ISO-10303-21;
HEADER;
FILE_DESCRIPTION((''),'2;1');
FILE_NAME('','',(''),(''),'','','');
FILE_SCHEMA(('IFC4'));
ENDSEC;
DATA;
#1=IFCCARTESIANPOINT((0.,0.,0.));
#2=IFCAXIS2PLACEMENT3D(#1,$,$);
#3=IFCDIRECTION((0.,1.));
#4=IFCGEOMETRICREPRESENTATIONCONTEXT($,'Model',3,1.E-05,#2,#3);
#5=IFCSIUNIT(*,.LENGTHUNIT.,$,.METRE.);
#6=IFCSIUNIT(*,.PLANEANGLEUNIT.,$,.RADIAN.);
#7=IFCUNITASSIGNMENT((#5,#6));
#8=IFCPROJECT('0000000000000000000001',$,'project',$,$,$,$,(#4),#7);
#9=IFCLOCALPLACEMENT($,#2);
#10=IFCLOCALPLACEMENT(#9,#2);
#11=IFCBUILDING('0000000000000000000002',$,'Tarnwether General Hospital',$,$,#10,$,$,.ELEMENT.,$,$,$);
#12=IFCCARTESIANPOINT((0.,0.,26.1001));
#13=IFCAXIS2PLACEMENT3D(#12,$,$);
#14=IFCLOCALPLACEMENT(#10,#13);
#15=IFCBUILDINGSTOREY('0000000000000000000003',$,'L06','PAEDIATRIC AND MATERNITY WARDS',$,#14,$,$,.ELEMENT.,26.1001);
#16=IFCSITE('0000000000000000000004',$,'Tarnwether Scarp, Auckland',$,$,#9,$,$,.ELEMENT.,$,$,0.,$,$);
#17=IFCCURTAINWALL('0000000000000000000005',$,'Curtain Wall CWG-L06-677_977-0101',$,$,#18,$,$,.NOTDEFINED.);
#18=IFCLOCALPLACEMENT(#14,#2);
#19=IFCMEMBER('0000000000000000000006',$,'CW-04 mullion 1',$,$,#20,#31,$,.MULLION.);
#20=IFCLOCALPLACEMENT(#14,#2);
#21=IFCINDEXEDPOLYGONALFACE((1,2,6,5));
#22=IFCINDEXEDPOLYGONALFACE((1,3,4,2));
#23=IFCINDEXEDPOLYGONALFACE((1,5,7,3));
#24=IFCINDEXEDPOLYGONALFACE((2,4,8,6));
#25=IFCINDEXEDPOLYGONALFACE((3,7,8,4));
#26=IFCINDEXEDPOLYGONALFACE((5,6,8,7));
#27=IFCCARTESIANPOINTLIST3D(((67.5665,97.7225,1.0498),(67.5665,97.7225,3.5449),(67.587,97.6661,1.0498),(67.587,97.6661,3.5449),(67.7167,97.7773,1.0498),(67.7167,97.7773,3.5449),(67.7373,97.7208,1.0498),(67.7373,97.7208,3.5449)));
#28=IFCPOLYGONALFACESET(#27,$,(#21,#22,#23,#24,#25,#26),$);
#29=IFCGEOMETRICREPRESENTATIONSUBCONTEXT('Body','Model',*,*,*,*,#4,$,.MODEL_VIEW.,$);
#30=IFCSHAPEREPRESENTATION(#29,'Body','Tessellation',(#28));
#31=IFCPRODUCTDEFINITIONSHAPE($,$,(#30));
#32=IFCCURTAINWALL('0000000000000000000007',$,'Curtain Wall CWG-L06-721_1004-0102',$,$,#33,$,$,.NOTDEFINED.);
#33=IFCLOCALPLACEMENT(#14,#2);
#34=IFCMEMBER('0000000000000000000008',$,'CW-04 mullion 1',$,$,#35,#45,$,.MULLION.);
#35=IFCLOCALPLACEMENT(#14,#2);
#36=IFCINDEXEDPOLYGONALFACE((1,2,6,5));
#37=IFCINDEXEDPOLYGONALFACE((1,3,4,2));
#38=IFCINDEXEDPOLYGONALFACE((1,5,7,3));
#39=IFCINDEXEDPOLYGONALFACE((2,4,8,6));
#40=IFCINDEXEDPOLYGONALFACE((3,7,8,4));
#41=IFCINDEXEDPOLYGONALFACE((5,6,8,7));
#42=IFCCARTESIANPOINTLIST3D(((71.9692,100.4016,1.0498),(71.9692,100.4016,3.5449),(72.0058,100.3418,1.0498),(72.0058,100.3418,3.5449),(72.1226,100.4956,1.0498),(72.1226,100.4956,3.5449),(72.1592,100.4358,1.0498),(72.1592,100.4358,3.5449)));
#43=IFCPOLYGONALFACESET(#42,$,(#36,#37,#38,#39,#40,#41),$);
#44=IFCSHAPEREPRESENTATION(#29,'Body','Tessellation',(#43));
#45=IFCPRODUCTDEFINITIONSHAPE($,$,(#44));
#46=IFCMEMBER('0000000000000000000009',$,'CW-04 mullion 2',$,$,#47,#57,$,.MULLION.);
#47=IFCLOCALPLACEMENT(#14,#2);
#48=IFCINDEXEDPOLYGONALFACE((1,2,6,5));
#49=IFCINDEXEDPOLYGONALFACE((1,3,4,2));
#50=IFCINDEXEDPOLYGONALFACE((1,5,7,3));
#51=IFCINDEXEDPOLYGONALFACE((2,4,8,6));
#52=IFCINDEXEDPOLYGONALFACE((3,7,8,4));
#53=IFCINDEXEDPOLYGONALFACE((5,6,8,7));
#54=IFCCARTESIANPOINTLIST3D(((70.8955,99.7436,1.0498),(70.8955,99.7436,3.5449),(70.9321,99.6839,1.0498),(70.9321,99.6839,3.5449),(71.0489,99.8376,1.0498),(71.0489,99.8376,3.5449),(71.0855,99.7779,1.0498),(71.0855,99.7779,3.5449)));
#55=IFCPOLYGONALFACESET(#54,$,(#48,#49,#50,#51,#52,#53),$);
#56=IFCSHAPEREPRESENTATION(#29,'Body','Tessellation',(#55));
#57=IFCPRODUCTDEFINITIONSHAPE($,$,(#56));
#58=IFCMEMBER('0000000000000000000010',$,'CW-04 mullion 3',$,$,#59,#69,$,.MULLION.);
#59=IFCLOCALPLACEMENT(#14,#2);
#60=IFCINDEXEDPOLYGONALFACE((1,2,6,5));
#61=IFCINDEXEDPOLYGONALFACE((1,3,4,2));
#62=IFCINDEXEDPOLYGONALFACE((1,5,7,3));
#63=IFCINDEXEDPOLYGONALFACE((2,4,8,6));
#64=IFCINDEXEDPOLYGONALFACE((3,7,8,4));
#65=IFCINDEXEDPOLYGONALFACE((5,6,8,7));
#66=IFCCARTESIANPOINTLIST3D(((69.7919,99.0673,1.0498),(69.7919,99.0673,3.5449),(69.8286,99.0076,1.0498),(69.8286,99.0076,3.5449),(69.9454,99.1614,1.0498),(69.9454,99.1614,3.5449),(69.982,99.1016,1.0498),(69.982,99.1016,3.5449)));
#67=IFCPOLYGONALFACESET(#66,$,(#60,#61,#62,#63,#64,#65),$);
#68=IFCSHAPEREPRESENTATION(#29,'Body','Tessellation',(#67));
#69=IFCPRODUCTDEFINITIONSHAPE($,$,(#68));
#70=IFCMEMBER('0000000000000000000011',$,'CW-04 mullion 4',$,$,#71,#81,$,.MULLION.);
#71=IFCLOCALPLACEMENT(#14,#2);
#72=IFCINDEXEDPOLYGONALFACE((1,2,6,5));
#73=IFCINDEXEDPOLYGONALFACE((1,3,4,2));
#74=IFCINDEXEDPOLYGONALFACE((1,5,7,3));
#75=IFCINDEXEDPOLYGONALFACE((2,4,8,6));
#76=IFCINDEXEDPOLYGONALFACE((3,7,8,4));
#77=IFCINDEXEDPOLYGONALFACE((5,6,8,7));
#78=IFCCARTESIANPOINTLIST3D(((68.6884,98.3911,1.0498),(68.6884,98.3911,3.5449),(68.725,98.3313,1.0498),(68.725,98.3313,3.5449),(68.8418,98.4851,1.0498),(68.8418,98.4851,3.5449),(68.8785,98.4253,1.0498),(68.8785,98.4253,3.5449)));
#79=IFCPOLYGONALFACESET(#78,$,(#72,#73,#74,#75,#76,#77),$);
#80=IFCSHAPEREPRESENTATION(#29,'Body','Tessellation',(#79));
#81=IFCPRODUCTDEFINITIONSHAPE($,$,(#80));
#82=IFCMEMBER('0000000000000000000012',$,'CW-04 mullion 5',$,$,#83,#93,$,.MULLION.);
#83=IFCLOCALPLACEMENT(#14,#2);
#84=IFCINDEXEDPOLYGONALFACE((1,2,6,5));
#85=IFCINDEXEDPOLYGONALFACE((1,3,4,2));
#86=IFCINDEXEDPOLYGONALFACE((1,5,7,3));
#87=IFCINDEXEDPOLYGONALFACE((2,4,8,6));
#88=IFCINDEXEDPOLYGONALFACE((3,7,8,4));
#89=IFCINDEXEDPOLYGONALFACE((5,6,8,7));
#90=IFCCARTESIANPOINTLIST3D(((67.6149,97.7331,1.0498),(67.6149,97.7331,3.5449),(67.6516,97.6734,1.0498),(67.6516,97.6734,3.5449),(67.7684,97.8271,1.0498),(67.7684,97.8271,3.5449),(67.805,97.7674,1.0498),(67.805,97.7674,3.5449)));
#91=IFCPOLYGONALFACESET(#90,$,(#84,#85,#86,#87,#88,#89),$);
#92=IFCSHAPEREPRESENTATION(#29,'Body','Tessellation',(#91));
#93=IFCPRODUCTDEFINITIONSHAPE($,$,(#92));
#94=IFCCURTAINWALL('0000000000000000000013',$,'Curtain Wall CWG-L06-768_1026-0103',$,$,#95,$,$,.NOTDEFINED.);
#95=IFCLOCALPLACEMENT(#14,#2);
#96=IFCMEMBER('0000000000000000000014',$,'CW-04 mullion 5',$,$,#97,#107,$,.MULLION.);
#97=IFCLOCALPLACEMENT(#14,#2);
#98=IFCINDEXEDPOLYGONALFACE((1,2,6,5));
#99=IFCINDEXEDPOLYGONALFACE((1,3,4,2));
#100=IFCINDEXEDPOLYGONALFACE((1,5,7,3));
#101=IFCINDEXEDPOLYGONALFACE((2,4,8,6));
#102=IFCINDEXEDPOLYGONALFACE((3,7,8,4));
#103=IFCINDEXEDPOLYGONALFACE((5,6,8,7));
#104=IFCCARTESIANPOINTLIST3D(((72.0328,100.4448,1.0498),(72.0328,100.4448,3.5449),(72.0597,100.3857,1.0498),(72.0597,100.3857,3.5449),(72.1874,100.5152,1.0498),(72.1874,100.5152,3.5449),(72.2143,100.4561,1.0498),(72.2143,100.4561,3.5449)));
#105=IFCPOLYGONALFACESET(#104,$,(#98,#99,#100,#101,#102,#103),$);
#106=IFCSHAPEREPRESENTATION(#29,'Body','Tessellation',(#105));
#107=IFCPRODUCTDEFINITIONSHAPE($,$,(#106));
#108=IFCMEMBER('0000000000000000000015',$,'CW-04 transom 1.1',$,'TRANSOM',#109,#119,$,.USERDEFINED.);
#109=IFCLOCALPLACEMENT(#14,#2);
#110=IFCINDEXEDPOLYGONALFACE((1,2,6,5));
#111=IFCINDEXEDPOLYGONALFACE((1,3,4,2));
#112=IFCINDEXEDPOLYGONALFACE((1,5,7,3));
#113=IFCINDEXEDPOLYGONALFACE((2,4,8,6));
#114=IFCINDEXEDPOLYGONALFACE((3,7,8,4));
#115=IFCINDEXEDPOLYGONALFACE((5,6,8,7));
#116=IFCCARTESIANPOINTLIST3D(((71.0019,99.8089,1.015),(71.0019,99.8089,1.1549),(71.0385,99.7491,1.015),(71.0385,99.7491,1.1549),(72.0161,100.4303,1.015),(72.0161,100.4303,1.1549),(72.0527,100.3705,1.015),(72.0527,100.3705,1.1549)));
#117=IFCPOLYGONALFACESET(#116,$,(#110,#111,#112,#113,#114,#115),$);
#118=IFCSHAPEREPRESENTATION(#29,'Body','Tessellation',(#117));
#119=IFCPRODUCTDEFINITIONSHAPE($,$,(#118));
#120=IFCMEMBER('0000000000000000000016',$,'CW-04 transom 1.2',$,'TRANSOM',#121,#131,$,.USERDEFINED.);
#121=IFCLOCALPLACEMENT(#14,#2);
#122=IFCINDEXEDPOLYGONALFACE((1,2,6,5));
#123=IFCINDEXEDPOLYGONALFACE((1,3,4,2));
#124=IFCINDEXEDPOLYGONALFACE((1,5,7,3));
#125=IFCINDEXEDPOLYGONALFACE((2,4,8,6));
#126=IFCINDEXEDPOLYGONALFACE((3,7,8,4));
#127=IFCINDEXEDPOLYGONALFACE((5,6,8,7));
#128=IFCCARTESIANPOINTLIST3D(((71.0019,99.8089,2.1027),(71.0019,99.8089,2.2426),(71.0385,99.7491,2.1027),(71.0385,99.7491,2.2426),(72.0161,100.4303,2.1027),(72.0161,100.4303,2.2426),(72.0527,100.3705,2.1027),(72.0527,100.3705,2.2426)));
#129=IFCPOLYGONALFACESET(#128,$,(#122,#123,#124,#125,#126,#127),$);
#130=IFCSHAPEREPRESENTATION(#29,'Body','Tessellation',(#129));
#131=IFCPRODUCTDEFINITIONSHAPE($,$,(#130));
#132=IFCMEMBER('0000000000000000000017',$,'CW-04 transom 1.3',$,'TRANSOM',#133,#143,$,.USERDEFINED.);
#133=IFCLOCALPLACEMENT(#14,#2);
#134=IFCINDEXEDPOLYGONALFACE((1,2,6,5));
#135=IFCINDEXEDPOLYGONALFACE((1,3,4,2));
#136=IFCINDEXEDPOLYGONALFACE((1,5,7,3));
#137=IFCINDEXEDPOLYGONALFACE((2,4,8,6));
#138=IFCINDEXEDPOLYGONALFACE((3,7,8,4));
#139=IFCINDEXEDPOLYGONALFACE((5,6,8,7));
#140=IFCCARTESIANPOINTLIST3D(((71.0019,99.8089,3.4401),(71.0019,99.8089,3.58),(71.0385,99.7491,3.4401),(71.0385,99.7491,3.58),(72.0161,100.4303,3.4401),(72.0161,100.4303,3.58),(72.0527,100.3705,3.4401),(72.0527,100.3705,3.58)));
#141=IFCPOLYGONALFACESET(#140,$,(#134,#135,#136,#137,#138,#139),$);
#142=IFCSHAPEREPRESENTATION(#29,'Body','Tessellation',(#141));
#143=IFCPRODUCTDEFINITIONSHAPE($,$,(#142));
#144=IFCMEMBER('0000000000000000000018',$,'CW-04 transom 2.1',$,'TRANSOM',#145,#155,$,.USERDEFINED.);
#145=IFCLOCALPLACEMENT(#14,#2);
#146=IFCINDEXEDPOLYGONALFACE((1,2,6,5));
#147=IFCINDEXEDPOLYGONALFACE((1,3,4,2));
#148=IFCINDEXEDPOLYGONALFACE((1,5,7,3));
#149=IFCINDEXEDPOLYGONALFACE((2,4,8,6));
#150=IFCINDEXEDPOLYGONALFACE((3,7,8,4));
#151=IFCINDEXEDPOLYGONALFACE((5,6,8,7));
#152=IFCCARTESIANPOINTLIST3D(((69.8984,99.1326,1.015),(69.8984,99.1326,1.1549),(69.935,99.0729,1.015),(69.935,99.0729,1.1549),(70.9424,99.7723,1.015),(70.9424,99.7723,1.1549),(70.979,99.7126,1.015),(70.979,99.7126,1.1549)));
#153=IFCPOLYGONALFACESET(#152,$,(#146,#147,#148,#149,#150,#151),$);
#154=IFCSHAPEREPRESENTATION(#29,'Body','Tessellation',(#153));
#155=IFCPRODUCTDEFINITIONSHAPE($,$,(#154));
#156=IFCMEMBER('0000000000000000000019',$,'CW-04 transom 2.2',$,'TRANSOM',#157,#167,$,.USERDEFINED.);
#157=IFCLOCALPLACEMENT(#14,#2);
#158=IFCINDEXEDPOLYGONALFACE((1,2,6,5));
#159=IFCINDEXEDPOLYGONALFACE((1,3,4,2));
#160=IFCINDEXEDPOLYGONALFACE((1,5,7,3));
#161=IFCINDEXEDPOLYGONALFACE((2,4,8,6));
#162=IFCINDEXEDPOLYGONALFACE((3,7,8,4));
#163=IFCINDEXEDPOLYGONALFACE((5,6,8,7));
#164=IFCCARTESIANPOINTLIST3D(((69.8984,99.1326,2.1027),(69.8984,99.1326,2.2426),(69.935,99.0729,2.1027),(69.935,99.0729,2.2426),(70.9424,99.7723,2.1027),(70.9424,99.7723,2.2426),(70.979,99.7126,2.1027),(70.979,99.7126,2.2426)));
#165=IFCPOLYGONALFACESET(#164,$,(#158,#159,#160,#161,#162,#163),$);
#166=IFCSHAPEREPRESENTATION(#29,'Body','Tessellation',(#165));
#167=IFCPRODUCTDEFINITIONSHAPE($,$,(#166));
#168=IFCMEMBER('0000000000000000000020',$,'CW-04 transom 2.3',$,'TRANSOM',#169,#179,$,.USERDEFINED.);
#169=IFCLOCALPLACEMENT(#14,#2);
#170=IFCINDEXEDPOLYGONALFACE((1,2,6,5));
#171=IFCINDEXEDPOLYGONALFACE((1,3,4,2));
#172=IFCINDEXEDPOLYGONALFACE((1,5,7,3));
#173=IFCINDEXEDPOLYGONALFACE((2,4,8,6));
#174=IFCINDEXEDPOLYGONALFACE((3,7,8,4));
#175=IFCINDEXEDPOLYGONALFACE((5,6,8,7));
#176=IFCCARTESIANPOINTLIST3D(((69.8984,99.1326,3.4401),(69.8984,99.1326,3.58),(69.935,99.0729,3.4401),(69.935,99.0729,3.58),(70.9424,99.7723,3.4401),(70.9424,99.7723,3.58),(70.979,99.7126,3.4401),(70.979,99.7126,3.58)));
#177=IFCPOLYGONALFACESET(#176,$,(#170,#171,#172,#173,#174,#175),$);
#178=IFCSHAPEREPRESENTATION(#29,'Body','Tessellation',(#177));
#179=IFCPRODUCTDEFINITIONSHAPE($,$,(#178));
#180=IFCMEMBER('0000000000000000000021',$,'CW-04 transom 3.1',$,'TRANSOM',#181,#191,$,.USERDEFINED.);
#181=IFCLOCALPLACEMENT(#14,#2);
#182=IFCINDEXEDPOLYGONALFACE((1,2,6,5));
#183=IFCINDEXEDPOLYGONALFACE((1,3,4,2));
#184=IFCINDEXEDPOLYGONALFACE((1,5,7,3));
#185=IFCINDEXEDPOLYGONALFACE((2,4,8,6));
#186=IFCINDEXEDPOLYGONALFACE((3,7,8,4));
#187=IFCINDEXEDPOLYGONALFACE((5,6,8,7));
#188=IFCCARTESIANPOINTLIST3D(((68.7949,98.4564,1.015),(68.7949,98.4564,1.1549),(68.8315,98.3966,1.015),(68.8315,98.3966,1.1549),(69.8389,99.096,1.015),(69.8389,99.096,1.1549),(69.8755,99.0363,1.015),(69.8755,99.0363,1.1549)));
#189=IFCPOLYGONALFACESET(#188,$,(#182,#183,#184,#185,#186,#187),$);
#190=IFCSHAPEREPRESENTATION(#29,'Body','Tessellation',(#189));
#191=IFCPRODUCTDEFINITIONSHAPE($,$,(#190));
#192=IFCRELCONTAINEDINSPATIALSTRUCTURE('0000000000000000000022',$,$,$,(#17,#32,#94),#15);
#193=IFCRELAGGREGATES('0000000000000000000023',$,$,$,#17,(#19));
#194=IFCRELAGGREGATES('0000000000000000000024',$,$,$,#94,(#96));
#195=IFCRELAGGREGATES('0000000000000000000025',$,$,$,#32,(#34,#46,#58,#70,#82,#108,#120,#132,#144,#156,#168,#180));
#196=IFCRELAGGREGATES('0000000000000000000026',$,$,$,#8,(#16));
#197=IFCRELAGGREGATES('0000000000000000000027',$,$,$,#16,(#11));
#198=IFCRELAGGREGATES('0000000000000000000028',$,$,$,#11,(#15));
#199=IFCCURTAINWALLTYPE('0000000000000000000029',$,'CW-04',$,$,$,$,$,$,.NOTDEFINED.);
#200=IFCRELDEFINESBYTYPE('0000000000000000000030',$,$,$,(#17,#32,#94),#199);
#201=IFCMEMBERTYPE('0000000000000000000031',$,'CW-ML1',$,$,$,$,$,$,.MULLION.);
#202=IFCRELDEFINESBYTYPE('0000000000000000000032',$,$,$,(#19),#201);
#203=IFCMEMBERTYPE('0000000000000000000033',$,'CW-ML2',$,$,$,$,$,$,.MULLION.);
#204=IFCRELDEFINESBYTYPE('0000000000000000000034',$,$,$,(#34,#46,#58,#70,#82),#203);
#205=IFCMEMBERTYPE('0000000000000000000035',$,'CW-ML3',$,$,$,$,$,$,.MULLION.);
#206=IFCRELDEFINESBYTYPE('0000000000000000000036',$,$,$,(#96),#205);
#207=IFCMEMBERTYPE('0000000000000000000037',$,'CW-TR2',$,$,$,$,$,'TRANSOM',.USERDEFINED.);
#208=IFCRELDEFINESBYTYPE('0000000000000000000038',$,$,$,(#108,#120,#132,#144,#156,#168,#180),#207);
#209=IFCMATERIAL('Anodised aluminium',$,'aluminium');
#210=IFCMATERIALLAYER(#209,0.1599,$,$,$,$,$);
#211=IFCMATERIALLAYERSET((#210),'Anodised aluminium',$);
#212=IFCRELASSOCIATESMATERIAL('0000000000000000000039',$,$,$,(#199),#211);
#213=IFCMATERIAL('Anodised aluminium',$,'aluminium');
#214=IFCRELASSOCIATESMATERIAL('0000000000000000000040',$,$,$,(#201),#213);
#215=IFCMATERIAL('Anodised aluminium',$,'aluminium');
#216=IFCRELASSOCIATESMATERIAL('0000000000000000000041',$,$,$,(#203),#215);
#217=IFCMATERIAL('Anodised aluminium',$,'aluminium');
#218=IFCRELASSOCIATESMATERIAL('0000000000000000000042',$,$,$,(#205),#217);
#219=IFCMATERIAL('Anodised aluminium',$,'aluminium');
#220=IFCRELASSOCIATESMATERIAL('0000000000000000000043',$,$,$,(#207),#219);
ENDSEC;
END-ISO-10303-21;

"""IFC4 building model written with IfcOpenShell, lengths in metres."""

from ifc_helpers import new_model, si_unit, direction, frame, origin, origin_2d, place, context, subcontext, project, spatial, rectangle, extrude, material, layer, layer_set, material_profile, profile_set, type_object, element, aggregate, save


model = new_model("IFC4")

# Units and contexts
model_context = context("Model", 3, precision=1e-05, world=origin(), true_north=direction((0.0, 1.0)))
body_context = subcontext(model_context, "Body", "Model", "MODEL_VIEW")
ifc_project = project(units=[si_unit("LENGTHUNIT", "METRE"), si_unit("PLANEANGLEUNIT", "RADIAN")], contexts=[model_context])

# Site, building, storey
site_placement = place(None, origin())
site = spatial("IfcSite", under=ifc_project, at=site_placement, Name="Tarnwether Scarp, Auckland", CompositionType="ELEMENT", RefElevation=0.0)
building_placement = place(site_placement, origin())
building = spatial("IfcBuilding", under=site, at=building_placement, Name="Tarnwether General Hospital", CompositionType="ELEMENT")
storey_placement = place(building_placement, frame((0.0, 0.0, 26.1001)))
storey = spatial("IfcBuildingStorey", under=building, at=storey_placement, Name="L06", Description="PAEDIATRIC AND MATERNITY WARDS", CompositionType="ELEMENT", Elevation=26.1001)

# Curtain wall, member
ifc_material_1 = material(Name="Anodised aluminium", Category="aluminium")
ifc_layer_1 = layer(ifc_material_1, 0.1599)
ifc_layer_set_1 = layer_set([ifc_layer_1], Name="Anodised aluminium")
curtain_wall_type = type_object("IfcCurtainWallType", Name="CW-04", PredefinedType="NOTDEFINED", material=ifc_layer_set_1)
curtain_wall_1_placement = place(storey_placement, origin())
curtain_wall_1 = element("IfcCurtainWall", 1, at=curtain_wall_1_placement, inside=storey, type_object=curtain_wall_type, Name="Curtain Wall CWG-L06-677_977-0101", PredefinedType="NOTDEFINED")
ifc_material_2 = material(Name="Anodised aluminium", Category="aluminium")
ifc_material_profile_1 = material_profile(ifc_material_2, rectangle(XDim=0.0601, YDim=0.1599, at=origin_2d()), Name="ALU-MUL-60x160")
ifc_profile_set_1 = profile_set([ifc_material_profile_1], Name="Anodised aluminium")
member_type_1 = type_object("IfcMemberType", Name="CW-ML1", PredefinedType="MULLION", material=ifc_profile_set_1)
member_1_placement = place(storey_placement, frame((67.6519, 97.7217, 1.0498), z_axis=(0.0, 0.0, 1.0), x_axis=(0.342131, -0.939652, 0.0)))
member_1 = element("IfcMember", 2, at=member_1_placement, type_object=member_type_1, Name="CW-04 mullion 1", PredefinedType="MULLION", context=body_context, shape_type="SweptSolid", body=[
    extrude(rectangle(XDim=0.0601, YDim=0.1599, at=origin_2d()), origin(), (0.0, 0.0, 1.0), 2.4951),
])
aggregate(curtain_wall_1, [member_1])

# Curtain wall, members
curtain_wall_2_placement = place(storey_placement, origin())
curtain_wall_2 = element("IfcCurtainWall", 3, at=curtain_wall_2_placement, inside=storey, type_object=curtain_wall_type, Name="Curtain Wall CWG-L06-721_1004-0102", PredefinedType="NOTDEFINED")
ifc_material_3 = material(Name="Anodised aluminium", Category="aluminium")
ifc_material_profile_2 = material_profile(ifc_material_3, rectangle(XDim=0.0701, YDim=0.1799, at=origin_2d()), Name="ALU-MUL-70x180")
ifc_profile_set_2 = profile_set([ifc_material_profile_2], Name="Anodised aluminium")
member_type_2 = type_object("IfcMemberType", Name="CW-ML2", PredefinedType="MULLION", material=ifc_profile_set_2)
member_2_placement = place(storey_placement, frame((72.0642, 100.4187, 1.0498), z_axis=(0.0, 0.0, 1.0), x_axis=(0.522512, -0.852632, 0.0)))
member_2 = element("IfcMember", 4, at=member_2_placement, type_object=member_type_2, Name="CW-04 mullion 1", PredefinedType="MULLION", context=body_context, shape_type="SweptSolid", body=[
    extrude(rectangle(XDim=0.0701, YDim=0.1799, at=origin_2d()), origin(), (0.0, 0.0, 1.0), 2.4951),
])
member_3_placement = place(storey_placement, frame((70.9905, 99.7607, 1.0498), z_axis=(0.0, 0.0, 1.0), x_axis=(0.522512, -0.852632, 0.0)))
member_3 = element("IfcMember", 5, at=member_3_placement, type_object=member_type_2, Name="CW-04 mullion 2", PredefinedType="MULLION", context=body_context, shape_type="SweptSolid", body=[
    extrude(rectangle(XDim=0.0701, YDim=0.1799, at=origin_2d()), origin(), (0.0, 0.0, 1.0), 2.4951),
])
member_4_placement = place(storey_placement, frame((69.887, 99.0845, 1.0498), z_axis=(0.0, 0.0, 1.0), x_axis=(0.522512, -0.852632, 0.0)))
member_4 = element("IfcMember", 6, at=member_4_placement, type_object=member_type_2, Name="CW-04 mullion 3", PredefinedType="MULLION", context=body_context, shape_type="SweptSolid", body=[
    extrude(rectangle(XDim=0.0701, YDim=0.1799, at=origin_2d()), origin(), (0.0, 0.0, 1.0), 2.4951),
])
member_5_placement = place(storey_placement, frame((68.7834, 98.4082, 1.0498), z_axis=(0.0, 0.0, 1.0), x_axis=(0.522512, -0.852632, 0.0)))
member_5 = element("IfcMember", 7, at=member_5_placement, type_object=member_type_2, Name="CW-04 mullion 4", PredefinedType="MULLION", context=body_context, shape_type="SweptSolid", body=[
    extrude(rectangle(XDim=0.0701, YDim=0.1799, at=origin_2d()), origin(), (0.0, 0.0, 1.0), 2.4951),
])
member_6_placement = place(storey_placement, frame((67.71, 97.7502, 1.0498), z_axis=(0.0, 0.0, 1.0), x_axis=(0.522512, -0.852632, 0.0)))
member_6 = element("IfcMember", 8, at=member_6_placement, type_object=member_type_2, Name="CW-04 mullion 5", PredefinedType="MULLION", context=body_context, shape_type="SweptSolid", body=[
    extrude(rectangle(XDim=0.0701, YDim=0.1799, at=origin_2d()), origin(), (0.0, 0.0, 1.0), 2.4951),
])

# Curtain wall, member
curtain_wall_3_placement = place(storey_placement, origin())
curtain_wall_3 = element("IfcCurtainWall", 9, at=curtain_wall_3_placement, inside=storey, type_object=curtain_wall_type, Name="Curtain Wall CWG-L06-768_1026-0103", PredefinedType="NOTDEFINED")
ifc_material_4 = material(Name="Anodised aluminium", Category="aluminium")
ifc_material_profile_3 = material_profile(ifc_material_4, rectangle(XDim=0.0649, YDim=0.1699, at=origin_2d()), Name="ALU-MUL-65x170")
ifc_profile_set_3 = profile_set([ifc_material_profile_3], Name="Anodised aluminium")
member_type_3 = type_object("IfcMemberType", Name="CW-ML3", PredefinedType="MULLION", material=ifc_profile_set_3)
member_7_placement = place(storey_placement, frame((72.1235, 100.4504, 1.0498), z_axis=(0.0, 0.0, 1.0), x_axis=(0.414705, -0.909956, 0.0)))
member_7 = element("IfcMember", 10, at=member_7_placement, type_object=member_type_3, Name="CW-04 mullion 5", PredefinedType="MULLION", context=body_context, shape_type="SweptSolid", body=[
    extrude(rectangle(XDim=0.0649, YDim=0.1699, at=origin_2d()), origin(), (0.0, 0.0, 1.0), 2.4951),
])
aggregate(curtain_wall_3, [member_7])

# Members
ifc_material_5 = material(Name="Anodised aluminium", Category="aluminium")
ifc_material_profile_4 = material_profile(ifc_material_5, rectangle(XDim=0.0701, YDim=0.1399, at=origin_2d()), Name="ALU-TRN-70x140")
ifc_profile_set_4 = profile_set([ifc_material_profile_4], Name="Anodised aluminium")
member_type_4 = type_object("IfcMemberType", Name="CW-TR2", ElementType="TRANSOM", PredefinedType="USERDEFINED", material=ifc_profile_set_4)
member_8_placement = place(storey_placement, frame((72.0344, 100.4004, 1.085), z_axis=(-0.852693, -0.522413, 0.0), x_axis=(0.522413, -0.852693, 0.0)))
member_8 = element("IfcMember", 11, at=member_8_placement, type_object=member_type_4, Name="CW-04 transom 1.1", ObjectType="TRANSOM", PredefinedType="USERDEFINED", context=body_context, shape_type="SweptSolid", body=[
    extrude(rectangle(XDim=0.0701, YDim=0.1399, at=origin_2d()), origin(), (0.0, 0.0, 1.0), 1.1895),
])
member_9_placement = place(storey_placement, frame((72.0344, 100.4004, 2.1726), z_axis=(-0.852693, -0.522413, 0.0), x_axis=(0.522413, -0.852693, 0.0)))
member_9 = element("IfcMember", 12, at=member_9_placement, type_object=member_type_4, Name="CW-04 transom 1.2", ObjectType="TRANSOM", PredefinedType="USERDEFINED", context=body_context, shape_type="SweptSolid", body=[
    extrude(rectangle(XDim=0.0701, YDim=0.1399, at=origin_2d()), origin(), (0.0, 0.0, 1.0), 1.1895),
])
member_10_placement = place(storey_placement, frame((72.0344, 100.4004, 3.51), z_axis=(-0.852693, -0.522413, 0.0), x_axis=(0.522413, -0.852693, 0.0)))
member_10 = element("IfcMember", 13, at=member_10_placement, type_object=member_type_4, Name="CW-04 transom 1.3", ObjectType="TRANSOM", PredefinedType="USERDEFINED", context=body_context, shape_type="SweptSolid", body=[
    extrude(rectangle(XDim=0.0701, YDim=0.1399, at=origin_2d()), origin(), (0.0, 0.0, 1.0), 1.1895),
])
member_11_placement = place(storey_placement, frame((70.9607, 99.7424, 1.085), z_axis=(-0.85267, -0.52245, 0.0), x_axis=(0.52245, -0.85267, 0.0)))
member_11 = element("IfcMember", 14, at=member_11_placement, type_object=member_type_4, Name="CW-04 transom 2.1", ObjectType="TRANSOM", PredefinedType="USERDEFINED", context=body_context, shape_type="SweptSolid", body=[
    extrude(rectangle(XDim=0.0701, YDim=0.1399, at=origin_2d()), origin(), (0.0, 0.0, 1.0), 1.2244),
])
member_12_placement = place(storey_placement, frame((70.9607, 99.7424, 2.1726), z_axis=(-0.85267, -0.52245, 0.0), x_axis=(0.52245, -0.85267, 0.0)))
member_12 = element("IfcMember", 15, at=member_12_placement, type_object=member_type_4, Name="CW-04 transom 2.2", ObjectType="TRANSOM", PredefinedType="USERDEFINED", context=body_context, shape_type="SweptSolid", body=[
    extrude(rectangle(XDim=0.0701, YDim=0.1399, at=origin_2d()), origin(), (0.0, 0.0, 1.0), 1.2244),
])
member_13_placement = place(storey_placement, frame((70.9607, 99.7424, 3.51), z_axis=(-0.85267, -0.52245, 0.0), x_axis=(0.52245, -0.85267, 0.0)))
member_13 = element("IfcMember", 16, at=member_13_placement, type_object=member_type_4, Name="CW-04 transom 2.3", ObjectType="TRANSOM", PredefinedType="USERDEFINED", context=body_context, shape_type="SweptSolid", body=[
    extrude(rectangle(XDim=0.0701, YDim=0.1399, at=origin_2d()), origin(), (0.0, 0.0, 1.0), 1.2244),
])
member_14_placement = place(storey_placement, frame((69.8572, 99.0662, 1.085), z_axis=(-0.85267, -0.52245, 0.0), x_axis=(0.52245, -0.85267, 0.0)))
member_14 = element("IfcMember", 17, at=member_14_placement, type_object=member_type_4, Name="CW-04 transom 3.1", ObjectType="TRANSOM", PredefinedType="USERDEFINED", context=body_context, shape_type="SweptSolid", body=[
    extrude(rectangle(XDim=0.0701, YDim=0.1399, at=origin_2d()), origin(), (0.0, 0.0, 1.0), 1.2244),
])

aggregate(curtain_wall_2, [member_2, member_3, member_4, member_5, member_6, member_8, member_9, member_10, member_11, member_12, member_13, member_14])

save(model, "model.ifc")
